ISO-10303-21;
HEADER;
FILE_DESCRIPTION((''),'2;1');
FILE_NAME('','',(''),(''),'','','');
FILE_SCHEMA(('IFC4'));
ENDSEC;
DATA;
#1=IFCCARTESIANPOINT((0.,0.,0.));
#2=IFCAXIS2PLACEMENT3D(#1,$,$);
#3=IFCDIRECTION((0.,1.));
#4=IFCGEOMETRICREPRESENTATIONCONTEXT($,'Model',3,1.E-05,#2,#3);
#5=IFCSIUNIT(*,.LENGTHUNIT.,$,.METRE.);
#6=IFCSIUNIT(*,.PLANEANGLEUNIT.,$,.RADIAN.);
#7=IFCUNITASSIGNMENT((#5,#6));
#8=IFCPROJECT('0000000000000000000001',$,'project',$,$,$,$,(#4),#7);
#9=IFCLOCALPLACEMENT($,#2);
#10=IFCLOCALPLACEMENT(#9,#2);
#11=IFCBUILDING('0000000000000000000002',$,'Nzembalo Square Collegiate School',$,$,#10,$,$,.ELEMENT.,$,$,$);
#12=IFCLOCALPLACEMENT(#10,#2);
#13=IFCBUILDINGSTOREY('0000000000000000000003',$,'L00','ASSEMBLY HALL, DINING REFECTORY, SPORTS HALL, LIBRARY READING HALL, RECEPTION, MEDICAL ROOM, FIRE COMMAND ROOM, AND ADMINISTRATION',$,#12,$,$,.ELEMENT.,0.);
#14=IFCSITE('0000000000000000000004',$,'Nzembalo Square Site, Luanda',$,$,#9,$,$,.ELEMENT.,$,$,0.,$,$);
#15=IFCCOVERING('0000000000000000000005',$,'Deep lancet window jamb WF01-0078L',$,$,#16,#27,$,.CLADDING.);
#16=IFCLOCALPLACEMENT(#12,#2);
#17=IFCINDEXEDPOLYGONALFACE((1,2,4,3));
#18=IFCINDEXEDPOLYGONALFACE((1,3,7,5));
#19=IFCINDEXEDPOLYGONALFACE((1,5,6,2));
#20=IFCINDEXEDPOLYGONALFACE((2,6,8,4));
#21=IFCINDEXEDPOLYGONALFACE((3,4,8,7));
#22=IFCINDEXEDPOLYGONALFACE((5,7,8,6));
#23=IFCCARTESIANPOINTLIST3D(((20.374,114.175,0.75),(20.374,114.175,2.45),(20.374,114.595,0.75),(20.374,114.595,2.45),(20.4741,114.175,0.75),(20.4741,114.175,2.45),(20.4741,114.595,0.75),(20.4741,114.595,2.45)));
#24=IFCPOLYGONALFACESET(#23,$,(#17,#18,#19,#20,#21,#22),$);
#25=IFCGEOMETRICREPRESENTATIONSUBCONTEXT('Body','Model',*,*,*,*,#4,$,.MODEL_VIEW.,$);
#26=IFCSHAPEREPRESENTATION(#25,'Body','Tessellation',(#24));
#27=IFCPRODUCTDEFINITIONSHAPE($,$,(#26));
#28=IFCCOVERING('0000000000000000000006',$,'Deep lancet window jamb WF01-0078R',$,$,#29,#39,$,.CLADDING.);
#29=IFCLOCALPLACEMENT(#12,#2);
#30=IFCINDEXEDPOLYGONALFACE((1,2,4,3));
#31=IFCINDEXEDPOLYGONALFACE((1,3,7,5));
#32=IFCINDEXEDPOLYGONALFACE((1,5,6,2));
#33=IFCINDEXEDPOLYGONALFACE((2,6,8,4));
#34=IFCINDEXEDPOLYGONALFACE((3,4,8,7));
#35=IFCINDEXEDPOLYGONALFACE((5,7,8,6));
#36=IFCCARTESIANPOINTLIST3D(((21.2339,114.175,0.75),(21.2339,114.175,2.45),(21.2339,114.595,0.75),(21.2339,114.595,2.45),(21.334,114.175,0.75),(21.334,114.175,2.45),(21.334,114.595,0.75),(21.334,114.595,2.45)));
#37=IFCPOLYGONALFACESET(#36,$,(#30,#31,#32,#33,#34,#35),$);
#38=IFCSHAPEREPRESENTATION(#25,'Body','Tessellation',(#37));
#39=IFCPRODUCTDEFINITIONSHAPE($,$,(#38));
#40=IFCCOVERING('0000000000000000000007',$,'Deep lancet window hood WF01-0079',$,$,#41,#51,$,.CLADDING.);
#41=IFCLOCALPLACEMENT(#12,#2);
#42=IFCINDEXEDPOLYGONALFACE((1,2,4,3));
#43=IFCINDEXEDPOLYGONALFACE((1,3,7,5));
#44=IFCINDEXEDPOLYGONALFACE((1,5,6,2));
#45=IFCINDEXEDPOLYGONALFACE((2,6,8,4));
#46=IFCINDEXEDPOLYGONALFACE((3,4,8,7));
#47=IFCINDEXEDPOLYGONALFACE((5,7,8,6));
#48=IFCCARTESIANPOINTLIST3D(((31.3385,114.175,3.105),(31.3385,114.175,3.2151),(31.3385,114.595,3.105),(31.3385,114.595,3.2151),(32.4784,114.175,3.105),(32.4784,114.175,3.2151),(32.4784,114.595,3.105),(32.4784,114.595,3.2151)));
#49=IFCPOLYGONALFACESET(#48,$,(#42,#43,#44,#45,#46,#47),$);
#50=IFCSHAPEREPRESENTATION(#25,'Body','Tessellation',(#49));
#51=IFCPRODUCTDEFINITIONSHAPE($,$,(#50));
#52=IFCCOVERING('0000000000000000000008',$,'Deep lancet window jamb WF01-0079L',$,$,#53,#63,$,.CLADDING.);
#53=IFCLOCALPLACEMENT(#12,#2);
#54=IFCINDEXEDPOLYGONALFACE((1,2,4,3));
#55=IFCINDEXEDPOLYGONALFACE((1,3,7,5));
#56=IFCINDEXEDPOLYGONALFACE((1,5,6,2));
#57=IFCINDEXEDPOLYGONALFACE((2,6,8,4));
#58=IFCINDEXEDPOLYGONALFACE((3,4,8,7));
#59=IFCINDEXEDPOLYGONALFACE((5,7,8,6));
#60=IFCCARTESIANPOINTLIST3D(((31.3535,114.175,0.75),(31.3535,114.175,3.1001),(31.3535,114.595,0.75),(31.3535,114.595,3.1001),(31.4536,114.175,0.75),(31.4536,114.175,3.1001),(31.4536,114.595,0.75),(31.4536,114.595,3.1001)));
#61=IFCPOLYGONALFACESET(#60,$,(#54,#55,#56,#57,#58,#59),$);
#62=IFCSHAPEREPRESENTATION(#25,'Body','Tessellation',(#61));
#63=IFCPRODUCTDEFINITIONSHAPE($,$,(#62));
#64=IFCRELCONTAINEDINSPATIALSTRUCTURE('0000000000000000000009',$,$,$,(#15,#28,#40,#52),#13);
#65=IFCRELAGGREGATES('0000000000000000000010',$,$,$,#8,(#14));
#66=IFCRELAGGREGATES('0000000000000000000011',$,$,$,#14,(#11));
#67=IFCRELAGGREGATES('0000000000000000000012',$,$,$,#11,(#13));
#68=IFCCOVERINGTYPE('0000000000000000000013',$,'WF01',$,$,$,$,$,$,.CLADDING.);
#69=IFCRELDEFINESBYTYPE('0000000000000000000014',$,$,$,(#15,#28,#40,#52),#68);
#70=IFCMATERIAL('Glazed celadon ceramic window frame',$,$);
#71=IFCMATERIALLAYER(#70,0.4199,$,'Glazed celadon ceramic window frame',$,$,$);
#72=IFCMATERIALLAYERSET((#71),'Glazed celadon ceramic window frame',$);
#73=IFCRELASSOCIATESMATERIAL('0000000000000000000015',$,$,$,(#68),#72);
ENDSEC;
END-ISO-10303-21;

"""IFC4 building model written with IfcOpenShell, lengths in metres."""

from ifc_helpers import new_model, si_unit, direction, frame, origin, origin_2d, place, context, subcontext, project, spatial, rectangle, extrude, material, layer, layer_set, type_object, element, save


model = new_model("IFC4")

# Units and contexts
model_context = context("Model", 3, precision=1e-05, world=origin(), true_north=direction((0.0, 1.0)))
body_context = subcontext(model_context, "Body", "Model", "MODEL_VIEW")
ifc_project = project(units=[si_unit("LENGTHUNIT", "METRE"), si_unit("PLANEANGLEUNIT", "RADIAN")], contexts=[model_context])

# Site, building, storey
site_placement = place(None, origin())
site = spatial("IfcSite", under=ifc_project, at=site_placement, Name="Nzembalo Square Site, Luanda", CompositionType="ELEMENT", RefElevation=0.0)
building_placement = place(site_placement, origin())
building = spatial("IfcBuilding", under=site, at=building_placement, Name="Nzembalo Square Collegiate School", CompositionType="ELEMENT")
storey_placement = place(building_placement, origin())
storey = spatial("IfcBuildingStorey", under=building, at=storey_placement, Name="L00", Description="ASSEMBLY HALL, DINING REFECTORY, SPORTS HALL, LIBRARY READING HALL, RECEPTION, MEDICAL ROOM, FIRE COMMAND ROOM, AND ADMINISTRATION", CompositionType="ELEMENT", Elevation=0.0)

# Coverings
ifc_material_1 = material(Name="Glazed celadon ceramic window frame")
ifc_layer_1 = layer(ifc_material_1, 0.4199, Name="Glazed celadon ceramic window frame")
ifc_layer_set_1 = layer_set([ifc_layer_1], Name="Glazed celadon ceramic window frame")
covering_type = type_object("IfcCoveringType", Name="WF01", PredefinedType="CLADDING", material=ifc_layer_set_1)
for number, where, z_axis, x_axis, name in (
    (1, (20.4241, 114.385, 0.75), (0.0, 0.0, 1.0), (1.0, 0.0, 0.0), "Deep lancet window jamb WF01-0078L"),
    (2, (21.2839, 114.385, 0.75), (0.0, 0.0, 1.0), (1.0, 0.0, 0.0), "Deep lancet window jamb WF01-0078R"),
):
    element("IfcCovering", number, at=place(storey_placement, frame(where, z_axis=z_axis, x_axis=x_axis)), inside=storey, type_object=covering_type, Name=name, PredefinedType="CLADDING", context=body_context, shape_type="SweptSolid", body=[
        extrude(rectangle(XDim=0.1001, YDim=0.4199, at=origin_2d()), origin(), (0.0, 0.0, 1.0), 1.7),
    ])
covering_1_placement = place(storey_placement, frame((31.9084, 114.385, 3.105), z_axis=(0.0, 0.0, 1.0), x_axis=(1.0, 0.0, 0.0)))
element("IfcCovering", 3, at=covering_1_placement, inside=storey, type_object=covering_type, Name="Deep lancet window hood WF01-0079", PredefinedType="CLADDING", context=body_context, shape_type="SweptSolid", body=[
    extrude(rectangle(XDim=1.1399, YDim=0.4199, at=origin_2d()), origin(), (0.0, 0.0, 1.0), 0.1101),
])
covering_2_placement = place(storey_placement, frame((31.4036, 114.385, 0.75), z_axis=(0.0, 0.0, 1.0), x_axis=(1.0, 0.0, 0.0)))
element("IfcCovering", 4, at=covering_2_placement, inside=storey, type_object=covering_type, Name="Deep lancet window jamb WF01-0079L", PredefinedType="CLADDING", context=body_context, shape_type="SweptSolid", body=[
    extrude(rectangle(XDim=0.1001, YDim=0.4199, at=origin_2d()), origin(), (0.0, 0.0, 1.0), 2.3501),
])

save(model, "model.ifc")
